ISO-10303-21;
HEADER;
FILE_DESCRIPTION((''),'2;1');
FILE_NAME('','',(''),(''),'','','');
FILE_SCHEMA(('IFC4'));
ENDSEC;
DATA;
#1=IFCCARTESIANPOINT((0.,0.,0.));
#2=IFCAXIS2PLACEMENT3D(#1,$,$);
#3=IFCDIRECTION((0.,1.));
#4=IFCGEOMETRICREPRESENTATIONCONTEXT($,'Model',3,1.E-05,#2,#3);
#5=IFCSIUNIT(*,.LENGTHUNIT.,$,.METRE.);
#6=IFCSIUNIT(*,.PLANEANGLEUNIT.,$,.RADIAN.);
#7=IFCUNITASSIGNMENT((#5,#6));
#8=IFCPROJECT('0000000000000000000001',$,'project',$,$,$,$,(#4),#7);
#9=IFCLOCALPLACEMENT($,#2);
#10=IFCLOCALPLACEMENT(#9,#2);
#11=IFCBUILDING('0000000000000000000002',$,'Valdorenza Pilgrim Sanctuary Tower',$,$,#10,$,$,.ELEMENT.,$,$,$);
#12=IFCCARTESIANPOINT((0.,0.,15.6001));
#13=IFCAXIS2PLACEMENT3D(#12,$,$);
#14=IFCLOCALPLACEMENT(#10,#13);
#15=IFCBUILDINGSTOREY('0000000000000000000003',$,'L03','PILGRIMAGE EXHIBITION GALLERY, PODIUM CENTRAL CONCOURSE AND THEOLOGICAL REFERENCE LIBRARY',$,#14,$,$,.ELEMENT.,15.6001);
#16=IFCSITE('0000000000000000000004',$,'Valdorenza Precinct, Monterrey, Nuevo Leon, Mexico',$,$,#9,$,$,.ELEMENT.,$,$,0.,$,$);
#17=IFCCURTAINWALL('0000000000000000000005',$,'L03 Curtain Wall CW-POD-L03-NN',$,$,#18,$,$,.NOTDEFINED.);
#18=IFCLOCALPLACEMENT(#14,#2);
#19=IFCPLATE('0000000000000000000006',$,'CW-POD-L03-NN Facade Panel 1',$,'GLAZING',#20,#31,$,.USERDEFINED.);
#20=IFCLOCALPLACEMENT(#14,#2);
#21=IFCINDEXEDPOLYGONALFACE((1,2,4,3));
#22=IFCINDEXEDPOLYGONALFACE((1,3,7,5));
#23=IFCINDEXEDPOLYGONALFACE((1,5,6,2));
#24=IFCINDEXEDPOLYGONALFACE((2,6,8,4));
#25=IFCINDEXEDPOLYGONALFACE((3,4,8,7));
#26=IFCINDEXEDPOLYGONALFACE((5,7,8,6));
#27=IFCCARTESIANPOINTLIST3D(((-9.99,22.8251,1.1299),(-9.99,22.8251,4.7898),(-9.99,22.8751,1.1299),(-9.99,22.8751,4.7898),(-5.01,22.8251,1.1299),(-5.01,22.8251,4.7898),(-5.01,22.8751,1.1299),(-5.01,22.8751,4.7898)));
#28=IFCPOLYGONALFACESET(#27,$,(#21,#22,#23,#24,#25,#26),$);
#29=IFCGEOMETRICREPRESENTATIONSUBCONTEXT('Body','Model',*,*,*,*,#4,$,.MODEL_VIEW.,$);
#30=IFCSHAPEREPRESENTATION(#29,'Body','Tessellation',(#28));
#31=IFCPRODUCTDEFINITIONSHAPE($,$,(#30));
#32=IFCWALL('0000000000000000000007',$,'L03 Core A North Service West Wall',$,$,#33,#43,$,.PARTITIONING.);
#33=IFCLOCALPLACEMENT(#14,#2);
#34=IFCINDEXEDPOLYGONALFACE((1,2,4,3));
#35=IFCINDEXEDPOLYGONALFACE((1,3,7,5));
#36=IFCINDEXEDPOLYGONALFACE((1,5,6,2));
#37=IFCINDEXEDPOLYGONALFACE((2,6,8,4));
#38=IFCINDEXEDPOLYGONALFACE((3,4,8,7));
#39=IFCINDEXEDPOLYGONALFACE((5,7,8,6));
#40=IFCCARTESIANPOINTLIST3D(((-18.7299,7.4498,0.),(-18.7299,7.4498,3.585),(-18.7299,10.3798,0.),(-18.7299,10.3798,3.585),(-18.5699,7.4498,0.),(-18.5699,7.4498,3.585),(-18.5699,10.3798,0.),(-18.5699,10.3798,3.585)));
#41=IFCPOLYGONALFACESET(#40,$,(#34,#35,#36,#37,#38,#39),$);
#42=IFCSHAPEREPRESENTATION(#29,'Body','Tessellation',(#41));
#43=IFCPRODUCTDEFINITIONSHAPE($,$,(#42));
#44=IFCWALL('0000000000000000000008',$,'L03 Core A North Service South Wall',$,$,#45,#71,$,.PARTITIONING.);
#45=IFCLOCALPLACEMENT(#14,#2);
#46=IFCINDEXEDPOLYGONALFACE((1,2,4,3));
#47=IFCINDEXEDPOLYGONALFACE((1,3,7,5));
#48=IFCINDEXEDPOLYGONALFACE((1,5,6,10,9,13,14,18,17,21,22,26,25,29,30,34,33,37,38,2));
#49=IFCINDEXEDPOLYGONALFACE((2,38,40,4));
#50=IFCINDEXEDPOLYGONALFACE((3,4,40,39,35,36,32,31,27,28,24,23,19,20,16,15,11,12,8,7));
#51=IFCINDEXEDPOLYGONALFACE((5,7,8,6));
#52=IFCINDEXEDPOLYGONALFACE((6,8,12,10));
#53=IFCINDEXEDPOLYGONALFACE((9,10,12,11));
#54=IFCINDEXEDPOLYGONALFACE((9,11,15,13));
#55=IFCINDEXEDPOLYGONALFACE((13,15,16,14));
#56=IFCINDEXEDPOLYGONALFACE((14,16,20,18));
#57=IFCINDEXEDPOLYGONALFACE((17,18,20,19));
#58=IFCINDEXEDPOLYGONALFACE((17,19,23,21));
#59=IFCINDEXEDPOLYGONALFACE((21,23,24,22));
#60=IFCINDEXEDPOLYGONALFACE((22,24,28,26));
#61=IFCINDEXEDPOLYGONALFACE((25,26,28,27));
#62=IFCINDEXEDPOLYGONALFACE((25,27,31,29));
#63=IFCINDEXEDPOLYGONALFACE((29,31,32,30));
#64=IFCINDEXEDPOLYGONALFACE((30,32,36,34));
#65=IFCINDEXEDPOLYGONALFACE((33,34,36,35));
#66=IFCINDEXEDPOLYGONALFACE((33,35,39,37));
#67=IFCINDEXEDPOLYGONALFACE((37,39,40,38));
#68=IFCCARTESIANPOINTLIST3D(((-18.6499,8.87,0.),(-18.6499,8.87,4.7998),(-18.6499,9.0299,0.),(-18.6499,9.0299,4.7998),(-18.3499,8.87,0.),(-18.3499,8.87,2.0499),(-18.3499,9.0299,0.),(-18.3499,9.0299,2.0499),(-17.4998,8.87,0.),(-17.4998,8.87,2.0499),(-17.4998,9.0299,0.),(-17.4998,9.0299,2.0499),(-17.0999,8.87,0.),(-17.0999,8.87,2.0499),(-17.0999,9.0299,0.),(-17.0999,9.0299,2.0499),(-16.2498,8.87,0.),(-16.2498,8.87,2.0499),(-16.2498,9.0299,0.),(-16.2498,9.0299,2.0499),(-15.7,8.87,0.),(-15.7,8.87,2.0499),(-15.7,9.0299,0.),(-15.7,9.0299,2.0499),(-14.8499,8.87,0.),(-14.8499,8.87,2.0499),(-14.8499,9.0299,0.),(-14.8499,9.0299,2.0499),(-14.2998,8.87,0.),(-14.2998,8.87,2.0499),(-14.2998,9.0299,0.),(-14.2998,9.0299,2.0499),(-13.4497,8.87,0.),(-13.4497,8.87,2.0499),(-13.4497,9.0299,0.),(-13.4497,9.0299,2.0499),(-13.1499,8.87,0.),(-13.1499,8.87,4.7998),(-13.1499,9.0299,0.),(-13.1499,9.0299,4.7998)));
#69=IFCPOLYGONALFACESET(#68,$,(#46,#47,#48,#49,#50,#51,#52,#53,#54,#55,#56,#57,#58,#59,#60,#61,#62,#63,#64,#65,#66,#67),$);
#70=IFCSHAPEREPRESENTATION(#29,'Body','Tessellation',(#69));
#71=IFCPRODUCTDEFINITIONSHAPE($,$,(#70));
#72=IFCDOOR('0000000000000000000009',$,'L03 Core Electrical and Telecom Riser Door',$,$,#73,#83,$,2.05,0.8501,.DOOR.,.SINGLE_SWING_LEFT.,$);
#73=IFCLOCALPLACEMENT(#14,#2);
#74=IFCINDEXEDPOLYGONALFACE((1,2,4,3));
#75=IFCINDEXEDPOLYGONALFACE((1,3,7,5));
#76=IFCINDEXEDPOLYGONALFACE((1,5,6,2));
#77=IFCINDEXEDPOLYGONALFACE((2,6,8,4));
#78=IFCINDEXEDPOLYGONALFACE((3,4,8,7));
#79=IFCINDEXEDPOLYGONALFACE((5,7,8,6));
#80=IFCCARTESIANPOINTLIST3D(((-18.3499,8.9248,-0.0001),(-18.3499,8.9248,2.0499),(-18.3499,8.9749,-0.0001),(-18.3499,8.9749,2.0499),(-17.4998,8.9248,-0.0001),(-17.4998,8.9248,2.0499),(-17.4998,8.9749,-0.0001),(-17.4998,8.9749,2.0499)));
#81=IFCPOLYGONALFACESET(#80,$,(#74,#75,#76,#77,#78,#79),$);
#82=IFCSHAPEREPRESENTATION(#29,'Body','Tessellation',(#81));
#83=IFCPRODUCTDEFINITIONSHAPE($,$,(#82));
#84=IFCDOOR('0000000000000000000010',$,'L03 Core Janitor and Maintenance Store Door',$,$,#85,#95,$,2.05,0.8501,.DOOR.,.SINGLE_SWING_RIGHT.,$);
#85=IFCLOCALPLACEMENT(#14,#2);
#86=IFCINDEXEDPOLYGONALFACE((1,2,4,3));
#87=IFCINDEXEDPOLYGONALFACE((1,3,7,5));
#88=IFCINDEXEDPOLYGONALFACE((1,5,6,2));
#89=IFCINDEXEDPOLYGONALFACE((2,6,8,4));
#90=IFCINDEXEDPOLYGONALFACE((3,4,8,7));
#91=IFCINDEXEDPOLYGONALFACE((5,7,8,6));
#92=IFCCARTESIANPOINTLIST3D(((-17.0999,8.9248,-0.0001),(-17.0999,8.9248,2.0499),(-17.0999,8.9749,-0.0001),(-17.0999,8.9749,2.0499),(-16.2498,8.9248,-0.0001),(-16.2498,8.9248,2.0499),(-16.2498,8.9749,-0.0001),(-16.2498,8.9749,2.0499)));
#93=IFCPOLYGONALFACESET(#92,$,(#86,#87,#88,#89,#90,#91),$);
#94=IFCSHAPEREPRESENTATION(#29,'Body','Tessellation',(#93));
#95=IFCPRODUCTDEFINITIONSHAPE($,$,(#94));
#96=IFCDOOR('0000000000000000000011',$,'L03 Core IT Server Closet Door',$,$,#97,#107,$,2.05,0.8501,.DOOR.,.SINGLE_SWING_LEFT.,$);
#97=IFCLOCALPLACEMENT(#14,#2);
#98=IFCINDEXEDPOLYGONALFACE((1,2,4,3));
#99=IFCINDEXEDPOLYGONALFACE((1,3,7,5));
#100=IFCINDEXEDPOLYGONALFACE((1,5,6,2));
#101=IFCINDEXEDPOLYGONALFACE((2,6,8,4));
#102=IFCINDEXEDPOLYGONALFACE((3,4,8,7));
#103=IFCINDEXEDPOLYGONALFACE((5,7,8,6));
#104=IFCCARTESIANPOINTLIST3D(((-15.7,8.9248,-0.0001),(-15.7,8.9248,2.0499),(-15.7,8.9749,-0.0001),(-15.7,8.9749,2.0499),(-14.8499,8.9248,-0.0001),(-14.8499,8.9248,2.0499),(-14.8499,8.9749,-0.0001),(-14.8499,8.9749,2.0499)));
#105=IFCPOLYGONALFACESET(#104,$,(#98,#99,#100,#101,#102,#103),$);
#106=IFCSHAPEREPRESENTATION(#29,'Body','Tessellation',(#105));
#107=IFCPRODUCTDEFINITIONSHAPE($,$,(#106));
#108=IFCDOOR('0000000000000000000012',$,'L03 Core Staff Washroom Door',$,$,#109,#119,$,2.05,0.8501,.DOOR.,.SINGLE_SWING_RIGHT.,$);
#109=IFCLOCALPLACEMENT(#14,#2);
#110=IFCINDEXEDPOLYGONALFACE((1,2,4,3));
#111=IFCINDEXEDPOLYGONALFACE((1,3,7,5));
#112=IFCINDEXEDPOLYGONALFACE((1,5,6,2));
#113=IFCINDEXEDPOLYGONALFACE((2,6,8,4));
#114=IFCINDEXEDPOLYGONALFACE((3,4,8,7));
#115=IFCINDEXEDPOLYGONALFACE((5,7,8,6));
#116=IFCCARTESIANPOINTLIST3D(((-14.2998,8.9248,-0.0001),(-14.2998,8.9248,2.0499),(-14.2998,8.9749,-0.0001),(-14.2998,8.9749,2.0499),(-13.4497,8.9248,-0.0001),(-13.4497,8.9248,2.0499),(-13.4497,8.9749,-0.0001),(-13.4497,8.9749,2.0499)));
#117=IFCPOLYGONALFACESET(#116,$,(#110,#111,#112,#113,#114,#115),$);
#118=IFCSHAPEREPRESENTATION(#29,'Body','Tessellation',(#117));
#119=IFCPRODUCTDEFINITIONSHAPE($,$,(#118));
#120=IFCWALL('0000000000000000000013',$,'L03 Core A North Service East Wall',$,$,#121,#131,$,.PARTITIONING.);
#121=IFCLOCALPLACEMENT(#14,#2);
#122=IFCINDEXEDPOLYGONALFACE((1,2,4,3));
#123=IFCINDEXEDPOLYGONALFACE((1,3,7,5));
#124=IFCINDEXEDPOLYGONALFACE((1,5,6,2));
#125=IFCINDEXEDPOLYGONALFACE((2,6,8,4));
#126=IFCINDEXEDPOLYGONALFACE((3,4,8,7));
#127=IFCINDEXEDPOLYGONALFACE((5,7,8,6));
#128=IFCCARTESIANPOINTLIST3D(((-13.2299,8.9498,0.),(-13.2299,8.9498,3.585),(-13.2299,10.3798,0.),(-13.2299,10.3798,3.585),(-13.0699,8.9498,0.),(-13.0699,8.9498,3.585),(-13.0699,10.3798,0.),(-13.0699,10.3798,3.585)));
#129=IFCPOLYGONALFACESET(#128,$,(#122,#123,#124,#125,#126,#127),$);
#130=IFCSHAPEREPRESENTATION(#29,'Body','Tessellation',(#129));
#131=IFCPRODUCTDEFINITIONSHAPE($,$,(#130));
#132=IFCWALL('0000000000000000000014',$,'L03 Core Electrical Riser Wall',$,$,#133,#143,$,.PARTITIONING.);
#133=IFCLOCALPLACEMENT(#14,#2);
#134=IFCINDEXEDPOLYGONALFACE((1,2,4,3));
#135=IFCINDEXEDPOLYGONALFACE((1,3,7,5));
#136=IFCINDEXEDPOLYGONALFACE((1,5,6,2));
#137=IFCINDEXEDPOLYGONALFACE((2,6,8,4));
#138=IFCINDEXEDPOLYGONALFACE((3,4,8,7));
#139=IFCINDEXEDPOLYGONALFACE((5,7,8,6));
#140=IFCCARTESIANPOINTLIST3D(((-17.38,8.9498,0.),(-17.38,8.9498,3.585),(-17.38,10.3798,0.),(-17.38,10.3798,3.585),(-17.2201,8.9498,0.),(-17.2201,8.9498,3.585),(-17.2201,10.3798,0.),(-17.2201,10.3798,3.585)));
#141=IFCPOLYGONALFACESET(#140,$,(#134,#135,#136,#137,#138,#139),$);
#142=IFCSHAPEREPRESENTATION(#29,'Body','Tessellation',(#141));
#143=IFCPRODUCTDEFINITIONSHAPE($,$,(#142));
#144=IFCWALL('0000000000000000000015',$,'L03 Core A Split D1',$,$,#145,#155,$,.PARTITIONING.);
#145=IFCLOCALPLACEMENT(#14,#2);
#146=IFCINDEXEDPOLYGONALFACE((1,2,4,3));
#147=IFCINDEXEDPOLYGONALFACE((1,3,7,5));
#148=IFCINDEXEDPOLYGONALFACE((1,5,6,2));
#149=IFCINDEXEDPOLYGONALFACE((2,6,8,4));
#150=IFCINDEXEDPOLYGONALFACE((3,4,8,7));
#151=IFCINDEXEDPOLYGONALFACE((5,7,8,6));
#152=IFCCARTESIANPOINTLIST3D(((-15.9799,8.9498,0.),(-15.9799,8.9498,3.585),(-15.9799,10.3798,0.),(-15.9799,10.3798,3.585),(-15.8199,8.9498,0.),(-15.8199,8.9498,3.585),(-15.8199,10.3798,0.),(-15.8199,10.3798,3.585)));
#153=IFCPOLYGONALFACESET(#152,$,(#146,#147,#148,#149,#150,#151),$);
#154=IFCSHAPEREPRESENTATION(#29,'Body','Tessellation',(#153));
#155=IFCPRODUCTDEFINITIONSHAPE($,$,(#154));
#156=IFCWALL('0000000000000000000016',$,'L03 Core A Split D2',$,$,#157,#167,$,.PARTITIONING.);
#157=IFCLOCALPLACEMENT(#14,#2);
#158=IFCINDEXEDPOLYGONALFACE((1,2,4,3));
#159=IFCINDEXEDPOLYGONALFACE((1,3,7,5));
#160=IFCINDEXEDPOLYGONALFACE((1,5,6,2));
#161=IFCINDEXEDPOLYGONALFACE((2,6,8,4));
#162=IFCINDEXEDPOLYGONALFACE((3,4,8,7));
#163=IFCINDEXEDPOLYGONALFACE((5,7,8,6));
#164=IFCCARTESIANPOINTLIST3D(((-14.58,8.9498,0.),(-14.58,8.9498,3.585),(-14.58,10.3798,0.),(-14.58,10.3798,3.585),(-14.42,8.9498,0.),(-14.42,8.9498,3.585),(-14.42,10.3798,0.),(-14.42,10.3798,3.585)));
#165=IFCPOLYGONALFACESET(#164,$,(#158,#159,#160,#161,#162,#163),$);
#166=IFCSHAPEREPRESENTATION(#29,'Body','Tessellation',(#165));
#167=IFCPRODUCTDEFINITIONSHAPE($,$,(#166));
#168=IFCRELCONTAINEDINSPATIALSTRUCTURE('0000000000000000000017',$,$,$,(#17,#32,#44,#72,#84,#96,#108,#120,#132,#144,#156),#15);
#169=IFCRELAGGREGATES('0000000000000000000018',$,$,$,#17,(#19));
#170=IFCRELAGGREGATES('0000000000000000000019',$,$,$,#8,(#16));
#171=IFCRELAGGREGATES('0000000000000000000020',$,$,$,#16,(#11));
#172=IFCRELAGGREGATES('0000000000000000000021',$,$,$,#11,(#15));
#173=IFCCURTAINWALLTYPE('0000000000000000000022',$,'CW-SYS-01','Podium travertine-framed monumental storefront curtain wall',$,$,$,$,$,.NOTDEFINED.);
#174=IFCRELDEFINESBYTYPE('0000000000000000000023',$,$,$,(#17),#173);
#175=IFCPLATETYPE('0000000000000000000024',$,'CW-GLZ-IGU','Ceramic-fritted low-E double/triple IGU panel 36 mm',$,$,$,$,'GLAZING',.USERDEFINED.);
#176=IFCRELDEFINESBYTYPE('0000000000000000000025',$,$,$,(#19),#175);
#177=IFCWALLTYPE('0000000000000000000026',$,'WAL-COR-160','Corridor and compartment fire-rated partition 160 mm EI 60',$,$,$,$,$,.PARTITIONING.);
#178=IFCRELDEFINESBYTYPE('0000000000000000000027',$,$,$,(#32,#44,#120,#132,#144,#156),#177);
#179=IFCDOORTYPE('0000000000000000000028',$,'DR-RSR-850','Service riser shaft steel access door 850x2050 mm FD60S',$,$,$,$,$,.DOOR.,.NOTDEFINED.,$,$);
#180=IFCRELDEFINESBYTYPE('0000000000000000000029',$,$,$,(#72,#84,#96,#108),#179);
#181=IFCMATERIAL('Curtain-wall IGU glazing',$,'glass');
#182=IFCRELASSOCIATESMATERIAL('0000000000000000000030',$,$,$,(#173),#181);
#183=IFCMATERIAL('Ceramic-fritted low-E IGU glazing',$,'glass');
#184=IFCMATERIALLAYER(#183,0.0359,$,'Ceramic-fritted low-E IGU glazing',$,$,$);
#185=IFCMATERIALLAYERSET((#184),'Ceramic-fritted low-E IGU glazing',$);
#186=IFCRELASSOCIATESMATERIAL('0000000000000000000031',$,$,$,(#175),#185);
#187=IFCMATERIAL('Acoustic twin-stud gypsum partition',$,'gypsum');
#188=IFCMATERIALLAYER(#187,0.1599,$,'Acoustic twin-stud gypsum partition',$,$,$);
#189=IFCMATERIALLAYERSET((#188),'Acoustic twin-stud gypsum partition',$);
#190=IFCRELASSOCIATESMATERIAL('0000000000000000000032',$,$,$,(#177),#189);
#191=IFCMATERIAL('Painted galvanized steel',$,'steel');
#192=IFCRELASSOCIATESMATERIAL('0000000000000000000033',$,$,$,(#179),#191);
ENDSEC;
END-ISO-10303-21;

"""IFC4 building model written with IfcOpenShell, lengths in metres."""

from ifc_helpers import new_model, si_unit, direction, frame, frame_2d, origin, origin_2d, place, context, subcontext, project, spatial, rectangle, extrude, source, transform, mapped, material, layer, layer_set, type_object, element, fill, aggregate, save


model = new_model("IFC4")

# Units and contexts
model_context = context("Model", 3, precision=1e-05, world=origin(), true_north=direction((0.0, 1.0)))
body_context = subcontext(model_context, "Body", "Model", "MODEL_VIEW")
ifc_project = project(units=[si_unit("LENGTHUNIT", "METRE"), si_unit("PLANEANGLEUNIT", "RADIAN")], contexts=[model_context])

# Site, building, storey
site_placement = place(None, origin())
site = spatial("IfcSite", under=ifc_project, at=site_placement, Name="Valdorenza Precinct, Monterrey, Nuevo Leon, Mexico", CompositionType="ELEMENT", RefElevation=0.0)
building_placement = place(site_placement, origin())
building = spatial("IfcBuilding", under=site, at=building_placement, Name="Valdorenza Pilgrim Sanctuary Tower", CompositionType="ELEMENT")
storey_placement = place(building_placement, frame((0.0, 0.0, 15.6001)))
storey = spatial("IfcBuildingStorey", under=building, at=storey_placement, Name="L03", Description="PILGRIMAGE EXHIBITION GALLERY, PODIUM CENTRAL CONCOURSE AND THEOLOGICAL REFERENCE LIBRARY", CompositionType="ELEMENT", Elevation=15.6001)

# Curtain wall, plate
ifc_material_1 = material(Name="Curtain-wall IGU glazing", Category="glass")
curtain_wall_type = type_object("IfcCurtainWallType", Name="CW-SYS-01", Description="Podium travertine-framed monumental storefront curtain wall", PredefinedType="NOTDEFINED", material=ifc_material_1)
curtain_wall_placement = place(storey_placement, origin())
curtain_wall = element("IfcCurtainWall", 1, at=curtain_wall_placement, inside=storey, type_object=curtain_wall_type, Name="L03 Curtain Wall CW-POD-L03-NN", PredefinedType="NOTDEFINED")
ifc_material_2 = material(Name="Ceramic-fritted low-E IGU glazing", Category="glass")
ifc_layer_1 = layer(ifc_material_2, 0.0359, Name="Ceramic-fritted low-E IGU glazing")
ifc_layer_set_1 = layer_set([ifc_layer_1], Name="Ceramic-fritted low-E IGU glazing")
plate_type_1 = type_object("IfcPlateType", Name="CW-GLZ-IGU", Description="Ceramic-fritted low-E double/triple IGU panel 36 mm", ElementType="GLAZING", PredefinedType="USERDEFINED", material=ifc_layer_set_1)
shared_shape_1 = source(origin(), body_context, "Body", "SweptSolid", [
    extrude(rectangle(XDim=4.98, YDim=0.05, at=origin_2d()), origin(), (0.0, 0.0, 1.0), 3.6599),
])
plate_1_placement = place(storey_placement, frame((-7.5, 22.8501, 1.1299), z_axis=(0.0, 0.0, 1.0), x_axis=(1.0, 0.0, 0.0)))
plate_1 = element("IfcPlate", 2, at=plate_1_placement, type_object=plate_type_1, Name="CW-POD-L03-NN Facade Panel 1", ObjectType="GLAZING", PredefinedType="USERDEFINED", context=body_context, shape_type="MappedRepresentation", body=[
    mapped(shared_shape_1, transform((0.0, 0.0, 0.0), x_axis=(1.0, 0.0, 0.0), y_axis=(0.0, 1.0, 0.0), z_axis=(0.0, 0.0, 1.0), scale=1.0)),
])
aggregate(curtain_wall, [plate_1])

# Wall
ifc_material_3 = material(Name="Acoustic twin-stud gypsum partition", Category="gypsum")
ifc_layer_2 = layer(ifc_material_3, 0.1599, Name="Acoustic twin-stud gypsum partition")
ifc_layer_set_2 = layer_set([ifc_layer_2], Name="Acoustic twin-stud gypsum partition")
wall_type_1 = type_object("IfcWallType", Name="WAL-COR-160", Description="Corridor and compartment fire-rated partition 160 mm EI 60", PredefinedType="PARTITIONING", material=ifc_layer_set_2)
wall_1_placement = place(storey_placement, frame((-18.6499, 7.45, 0.0), z_axis=(0.0, 0.0, 1.0), x_axis=(0.0, 1.0, 0.0)))
element("IfcWall", 3, at=wall_1_placement, inside=storey, type_object=wall_type_1, Name="L03 Core A North Service West Wall", PredefinedType="PARTITIONING", context=body_context, shape_type="SweptSolid", body=[
    extrude(rectangle(XDim=2.9299, YDim=0.1599, at=frame_2d((1.4648, 0.0))), origin(), (0.0, 0.0, 1.0), 3.585),
])

# Wall, openings, doors
wall_2_placement = place(storey_placement, frame((-18.6499, 8.95, 0.0), z_axis=(0.0, 0.0, 1.0), x_axis=(1.0, 0.0, 0.0)))
wall_2 = element("IfcWall", 4, at=wall_2_placement, inside=storey, type_object=wall_type_1, Name="L03 Core A North Service South Wall", PredefinedType="PARTITIONING", context=body_context, shape_type="SweptSolid", body=[
    extrude(rectangle(XDim=5.5, YDim=0.1599, at=frame_2d((2.75, 0.0))), origin(), (0.0, 0.0, 1.0), 4.7998),
])
opening_1_placement = place(wall_2_placement, frame((0.3, 0.0, 0.0)))
opening_1 = element("IfcOpeningElement", 5, at=opening_1_placement, cuts=wall_2, PredefinedType="OPENING", context=body_context, shape_type="SweptSolid", body=[
    extrude(rectangle(XDim=0.8501, YDim=2.05, at=frame_2d((0.425, 1.0249))), frame((0.0, 0.0947, 0.0), z_axis=(0.0, -1.0, 0.0), x_axis=(1.0, 0.0, 0.0)), (0.0, 0.0, 1.0), 0.1897),
])
opening_2_placement = place(wall_2_placement, frame((1.55, 0.0, 0.0)))
opening_2 = element("IfcOpeningElement", 6, at=opening_2_placement, cuts=wall_2, PredefinedType="OPENING", context=body_context, shape_type="SweptSolid", body=[
    extrude(rectangle(XDim=0.8501, YDim=2.05, at=frame_2d((0.425, 1.0249))), frame((0.0, 0.0947, 0.0), z_axis=(0.0, -1.0, 0.0), x_axis=(1.0, 0.0, 0.0)), (0.0, 0.0, 1.0), 0.1897),
])
opening_3_placement = place(wall_2_placement, frame((2.95, 0.0, 0.0)))
opening_3 = element("IfcOpeningElement", 7, at=opening_3_placement, cuts=wall_2, PredefinedType="OPENING", context=body_context, shape_type="SweptSolid", body=[
    extrude(rectangle(XDim=0.8501, YDim=2.05, at=frame_2d((0.425, 1.0249))), frame((0.0, 0.0947, 0.0), z_axis=(0.0, -1.0, 0.0), x_axis=(1.0, 0.0, 0.0)), (0.0, 0.0, 1.0), 0.1897),
])
opening_4_placement = place(wall_2_placement, frame((4.3501, 0.0, 0.0)))
opening_4 = element("IfcOpeningElement", 8, at=opening_4_placement, cuts=wall_2, PredefinedType="OPENING", context=body_context, shape_type="SweptSolid", body=[
    extrude(rectangle(XDim=0.8501, YDim=2.05, at=frame_2d((0.425, 1.0249))), frame((0.0, 0.0947, 0.0), z_axis=(0.0, -1.0, 0.0), x_axis=(1.0, 0.0, 0.0)), (0.0, 0.0, 1.0), 0.1897),
])
ifc_material_4 = material(Name="Painted galvanized steel", Category="steel")
door_type_1 = type_object("IfcDoorType", Name="DR-RSR-850", Description="Service riser shaft steel access door 850x2050 mm FD60S", OperationType="NOTDEFINED", PredefinedType="DOOR", material=ifc_material_4)
door_1_placement = place(opening_1_placement, origin())
door_1 = element("IfcDoor", 9, at=door_1_placement, inside=storey, type_object=door_type_1, Name="L03 Core Electrical and Telecom Riser Door", OperationType="SINGLE_SWING_LEFT", OverallHeight=2.05, OverallWidth=0.8501, PredefinedType="DOOR", context=body_context, shape_type="SweptSolid", body=[
    extrude(rectangle(XDim=0.8501, YDim=2.05, at=frame_2d((0.425, 1.0249))), frame((0.0, 0.0249, 0.0), z_axis=(0.0, -1.0, 0.0), x_axis=(1.0, 0.0, 0.0)), (0.0, 0.0, 1.0), 0.05),
])
fill(opening_1, door_1)
door_2_placement = place(opening_2_placement, origin())
door_2 = element("IfcDoor", 10, at=door_2_placement, inside=storey, type_object=door_type_1, Name="L03 Core Janitor and Maintenance Store Door", OperationType="SINGLE_SWING_RIGHT", OverallHeight=2.05, OverallWidth=0.8501, PredefinedType="DOOR", context=body_context, shape_type="SweptSolid", body=[
    extrude(rectangle(XDim=0.8501, YDim=2.05, at=frame_2d((0.425, 1.0249))), frame((0.0, 0.0249, 0.0), z_axis=(0.0, -1.0, 0.0), x_axis=(1.0, 0.0, 0.0)), (0.0, 0.0, 1.0), 0.05),
])
fill(opening_2, door_2)
door_3_placement = place(opening_3_placement, origin())
door_3 = element("IfcDoor", 11, at=door_3_placement, inside=storey, type_object=door_type_1, Name="L03 Core IT Server Closet Door", OperationType="SINGLE_SWING_LEFT", OverallHeight=2.05, OverallWidth=0.8501, PredefinedType="DOOR", context=body_context, shape_type="SweptSolid", body=[
    extrude(rectangle(XDim=0.8501, YDim=2.05, at=frame_2d((0.425, 1.0249))), frame((0.0, 0.0249, 0.0), z_axis=(0.0, -1.0, 0.0), x_axis=(1.0, 0.0, 0.0)), (0.0, 0.0, 1.0), 0.05),
])
fill(opening_3, door_3)
door_4_placement = place(opening_4_placement, origin())
door_4 = element("IfcDoor", 12, at=door_4_placement, inside=storey, type_object=door_type_1, Name="L03 Core Staff Washroom Door", OperationType="SINGLE_SWING_RIGHT", OverallHeight=2.05, OverallWidth=0.8501, PredefinedType="DOOR", context=body_context, shape_type="SweptSolid", body=[
    extrude(rectangle(XDim=0.8501, YDim=2.05, at=frame_2d((0.425, 1.0249))), frame((0.0, 0.0249, 0.0), z_axis=(0.0, -1.0, 0.0), x_axis=(1.0, 0.0, 0.0)), (0.0, 0.0, 1.0), 0.05),
])
fill(opening_4, door_4)

# Walls
for number, where, z_axis, x_axis, name in (
    (13, (-13.1499, 8.95, 0.0), (0.0, 0.0, 1.0), (0.0, 1.0, 0.0), "L03 Core A North Service East Wall"),
    (14, (-17.3, 8.95, 0.0), (0.0, 0.0, 1.0), (0.0, 1.0, 0.0), "L03 Core Electrical Riser Wall"),
    (15, (-15.8999, 8.95, 0.0), (0.0, 0.0, 1.0), (0.0, 1.0, 0.0), "L03 Core A Split D1"),
    (16, (-14.5, 8.95, 0.0), (0.0, 0.0, 1.0), (0.0, 1.0, 0.0), "L03 Core A Split D2"),
):
    element("IfcWall", number, at=place(storey_placement, frame(where, z_axis=z_axis, x_axis=x_axis)), inside=storey, type_object=wall_type_1, Name=name, PredefinedType="PARTITIONING", context=body_context, shape_type="SweptSolid", body=[
        extrude(rectangle(XDim=1.4299, YDim=0.1599, at=frame_2d((0.7148, 0.0))), origin(), (0.0, 0.0, 1.0), 3.585),
    ])

save(model, "model.ifc")
